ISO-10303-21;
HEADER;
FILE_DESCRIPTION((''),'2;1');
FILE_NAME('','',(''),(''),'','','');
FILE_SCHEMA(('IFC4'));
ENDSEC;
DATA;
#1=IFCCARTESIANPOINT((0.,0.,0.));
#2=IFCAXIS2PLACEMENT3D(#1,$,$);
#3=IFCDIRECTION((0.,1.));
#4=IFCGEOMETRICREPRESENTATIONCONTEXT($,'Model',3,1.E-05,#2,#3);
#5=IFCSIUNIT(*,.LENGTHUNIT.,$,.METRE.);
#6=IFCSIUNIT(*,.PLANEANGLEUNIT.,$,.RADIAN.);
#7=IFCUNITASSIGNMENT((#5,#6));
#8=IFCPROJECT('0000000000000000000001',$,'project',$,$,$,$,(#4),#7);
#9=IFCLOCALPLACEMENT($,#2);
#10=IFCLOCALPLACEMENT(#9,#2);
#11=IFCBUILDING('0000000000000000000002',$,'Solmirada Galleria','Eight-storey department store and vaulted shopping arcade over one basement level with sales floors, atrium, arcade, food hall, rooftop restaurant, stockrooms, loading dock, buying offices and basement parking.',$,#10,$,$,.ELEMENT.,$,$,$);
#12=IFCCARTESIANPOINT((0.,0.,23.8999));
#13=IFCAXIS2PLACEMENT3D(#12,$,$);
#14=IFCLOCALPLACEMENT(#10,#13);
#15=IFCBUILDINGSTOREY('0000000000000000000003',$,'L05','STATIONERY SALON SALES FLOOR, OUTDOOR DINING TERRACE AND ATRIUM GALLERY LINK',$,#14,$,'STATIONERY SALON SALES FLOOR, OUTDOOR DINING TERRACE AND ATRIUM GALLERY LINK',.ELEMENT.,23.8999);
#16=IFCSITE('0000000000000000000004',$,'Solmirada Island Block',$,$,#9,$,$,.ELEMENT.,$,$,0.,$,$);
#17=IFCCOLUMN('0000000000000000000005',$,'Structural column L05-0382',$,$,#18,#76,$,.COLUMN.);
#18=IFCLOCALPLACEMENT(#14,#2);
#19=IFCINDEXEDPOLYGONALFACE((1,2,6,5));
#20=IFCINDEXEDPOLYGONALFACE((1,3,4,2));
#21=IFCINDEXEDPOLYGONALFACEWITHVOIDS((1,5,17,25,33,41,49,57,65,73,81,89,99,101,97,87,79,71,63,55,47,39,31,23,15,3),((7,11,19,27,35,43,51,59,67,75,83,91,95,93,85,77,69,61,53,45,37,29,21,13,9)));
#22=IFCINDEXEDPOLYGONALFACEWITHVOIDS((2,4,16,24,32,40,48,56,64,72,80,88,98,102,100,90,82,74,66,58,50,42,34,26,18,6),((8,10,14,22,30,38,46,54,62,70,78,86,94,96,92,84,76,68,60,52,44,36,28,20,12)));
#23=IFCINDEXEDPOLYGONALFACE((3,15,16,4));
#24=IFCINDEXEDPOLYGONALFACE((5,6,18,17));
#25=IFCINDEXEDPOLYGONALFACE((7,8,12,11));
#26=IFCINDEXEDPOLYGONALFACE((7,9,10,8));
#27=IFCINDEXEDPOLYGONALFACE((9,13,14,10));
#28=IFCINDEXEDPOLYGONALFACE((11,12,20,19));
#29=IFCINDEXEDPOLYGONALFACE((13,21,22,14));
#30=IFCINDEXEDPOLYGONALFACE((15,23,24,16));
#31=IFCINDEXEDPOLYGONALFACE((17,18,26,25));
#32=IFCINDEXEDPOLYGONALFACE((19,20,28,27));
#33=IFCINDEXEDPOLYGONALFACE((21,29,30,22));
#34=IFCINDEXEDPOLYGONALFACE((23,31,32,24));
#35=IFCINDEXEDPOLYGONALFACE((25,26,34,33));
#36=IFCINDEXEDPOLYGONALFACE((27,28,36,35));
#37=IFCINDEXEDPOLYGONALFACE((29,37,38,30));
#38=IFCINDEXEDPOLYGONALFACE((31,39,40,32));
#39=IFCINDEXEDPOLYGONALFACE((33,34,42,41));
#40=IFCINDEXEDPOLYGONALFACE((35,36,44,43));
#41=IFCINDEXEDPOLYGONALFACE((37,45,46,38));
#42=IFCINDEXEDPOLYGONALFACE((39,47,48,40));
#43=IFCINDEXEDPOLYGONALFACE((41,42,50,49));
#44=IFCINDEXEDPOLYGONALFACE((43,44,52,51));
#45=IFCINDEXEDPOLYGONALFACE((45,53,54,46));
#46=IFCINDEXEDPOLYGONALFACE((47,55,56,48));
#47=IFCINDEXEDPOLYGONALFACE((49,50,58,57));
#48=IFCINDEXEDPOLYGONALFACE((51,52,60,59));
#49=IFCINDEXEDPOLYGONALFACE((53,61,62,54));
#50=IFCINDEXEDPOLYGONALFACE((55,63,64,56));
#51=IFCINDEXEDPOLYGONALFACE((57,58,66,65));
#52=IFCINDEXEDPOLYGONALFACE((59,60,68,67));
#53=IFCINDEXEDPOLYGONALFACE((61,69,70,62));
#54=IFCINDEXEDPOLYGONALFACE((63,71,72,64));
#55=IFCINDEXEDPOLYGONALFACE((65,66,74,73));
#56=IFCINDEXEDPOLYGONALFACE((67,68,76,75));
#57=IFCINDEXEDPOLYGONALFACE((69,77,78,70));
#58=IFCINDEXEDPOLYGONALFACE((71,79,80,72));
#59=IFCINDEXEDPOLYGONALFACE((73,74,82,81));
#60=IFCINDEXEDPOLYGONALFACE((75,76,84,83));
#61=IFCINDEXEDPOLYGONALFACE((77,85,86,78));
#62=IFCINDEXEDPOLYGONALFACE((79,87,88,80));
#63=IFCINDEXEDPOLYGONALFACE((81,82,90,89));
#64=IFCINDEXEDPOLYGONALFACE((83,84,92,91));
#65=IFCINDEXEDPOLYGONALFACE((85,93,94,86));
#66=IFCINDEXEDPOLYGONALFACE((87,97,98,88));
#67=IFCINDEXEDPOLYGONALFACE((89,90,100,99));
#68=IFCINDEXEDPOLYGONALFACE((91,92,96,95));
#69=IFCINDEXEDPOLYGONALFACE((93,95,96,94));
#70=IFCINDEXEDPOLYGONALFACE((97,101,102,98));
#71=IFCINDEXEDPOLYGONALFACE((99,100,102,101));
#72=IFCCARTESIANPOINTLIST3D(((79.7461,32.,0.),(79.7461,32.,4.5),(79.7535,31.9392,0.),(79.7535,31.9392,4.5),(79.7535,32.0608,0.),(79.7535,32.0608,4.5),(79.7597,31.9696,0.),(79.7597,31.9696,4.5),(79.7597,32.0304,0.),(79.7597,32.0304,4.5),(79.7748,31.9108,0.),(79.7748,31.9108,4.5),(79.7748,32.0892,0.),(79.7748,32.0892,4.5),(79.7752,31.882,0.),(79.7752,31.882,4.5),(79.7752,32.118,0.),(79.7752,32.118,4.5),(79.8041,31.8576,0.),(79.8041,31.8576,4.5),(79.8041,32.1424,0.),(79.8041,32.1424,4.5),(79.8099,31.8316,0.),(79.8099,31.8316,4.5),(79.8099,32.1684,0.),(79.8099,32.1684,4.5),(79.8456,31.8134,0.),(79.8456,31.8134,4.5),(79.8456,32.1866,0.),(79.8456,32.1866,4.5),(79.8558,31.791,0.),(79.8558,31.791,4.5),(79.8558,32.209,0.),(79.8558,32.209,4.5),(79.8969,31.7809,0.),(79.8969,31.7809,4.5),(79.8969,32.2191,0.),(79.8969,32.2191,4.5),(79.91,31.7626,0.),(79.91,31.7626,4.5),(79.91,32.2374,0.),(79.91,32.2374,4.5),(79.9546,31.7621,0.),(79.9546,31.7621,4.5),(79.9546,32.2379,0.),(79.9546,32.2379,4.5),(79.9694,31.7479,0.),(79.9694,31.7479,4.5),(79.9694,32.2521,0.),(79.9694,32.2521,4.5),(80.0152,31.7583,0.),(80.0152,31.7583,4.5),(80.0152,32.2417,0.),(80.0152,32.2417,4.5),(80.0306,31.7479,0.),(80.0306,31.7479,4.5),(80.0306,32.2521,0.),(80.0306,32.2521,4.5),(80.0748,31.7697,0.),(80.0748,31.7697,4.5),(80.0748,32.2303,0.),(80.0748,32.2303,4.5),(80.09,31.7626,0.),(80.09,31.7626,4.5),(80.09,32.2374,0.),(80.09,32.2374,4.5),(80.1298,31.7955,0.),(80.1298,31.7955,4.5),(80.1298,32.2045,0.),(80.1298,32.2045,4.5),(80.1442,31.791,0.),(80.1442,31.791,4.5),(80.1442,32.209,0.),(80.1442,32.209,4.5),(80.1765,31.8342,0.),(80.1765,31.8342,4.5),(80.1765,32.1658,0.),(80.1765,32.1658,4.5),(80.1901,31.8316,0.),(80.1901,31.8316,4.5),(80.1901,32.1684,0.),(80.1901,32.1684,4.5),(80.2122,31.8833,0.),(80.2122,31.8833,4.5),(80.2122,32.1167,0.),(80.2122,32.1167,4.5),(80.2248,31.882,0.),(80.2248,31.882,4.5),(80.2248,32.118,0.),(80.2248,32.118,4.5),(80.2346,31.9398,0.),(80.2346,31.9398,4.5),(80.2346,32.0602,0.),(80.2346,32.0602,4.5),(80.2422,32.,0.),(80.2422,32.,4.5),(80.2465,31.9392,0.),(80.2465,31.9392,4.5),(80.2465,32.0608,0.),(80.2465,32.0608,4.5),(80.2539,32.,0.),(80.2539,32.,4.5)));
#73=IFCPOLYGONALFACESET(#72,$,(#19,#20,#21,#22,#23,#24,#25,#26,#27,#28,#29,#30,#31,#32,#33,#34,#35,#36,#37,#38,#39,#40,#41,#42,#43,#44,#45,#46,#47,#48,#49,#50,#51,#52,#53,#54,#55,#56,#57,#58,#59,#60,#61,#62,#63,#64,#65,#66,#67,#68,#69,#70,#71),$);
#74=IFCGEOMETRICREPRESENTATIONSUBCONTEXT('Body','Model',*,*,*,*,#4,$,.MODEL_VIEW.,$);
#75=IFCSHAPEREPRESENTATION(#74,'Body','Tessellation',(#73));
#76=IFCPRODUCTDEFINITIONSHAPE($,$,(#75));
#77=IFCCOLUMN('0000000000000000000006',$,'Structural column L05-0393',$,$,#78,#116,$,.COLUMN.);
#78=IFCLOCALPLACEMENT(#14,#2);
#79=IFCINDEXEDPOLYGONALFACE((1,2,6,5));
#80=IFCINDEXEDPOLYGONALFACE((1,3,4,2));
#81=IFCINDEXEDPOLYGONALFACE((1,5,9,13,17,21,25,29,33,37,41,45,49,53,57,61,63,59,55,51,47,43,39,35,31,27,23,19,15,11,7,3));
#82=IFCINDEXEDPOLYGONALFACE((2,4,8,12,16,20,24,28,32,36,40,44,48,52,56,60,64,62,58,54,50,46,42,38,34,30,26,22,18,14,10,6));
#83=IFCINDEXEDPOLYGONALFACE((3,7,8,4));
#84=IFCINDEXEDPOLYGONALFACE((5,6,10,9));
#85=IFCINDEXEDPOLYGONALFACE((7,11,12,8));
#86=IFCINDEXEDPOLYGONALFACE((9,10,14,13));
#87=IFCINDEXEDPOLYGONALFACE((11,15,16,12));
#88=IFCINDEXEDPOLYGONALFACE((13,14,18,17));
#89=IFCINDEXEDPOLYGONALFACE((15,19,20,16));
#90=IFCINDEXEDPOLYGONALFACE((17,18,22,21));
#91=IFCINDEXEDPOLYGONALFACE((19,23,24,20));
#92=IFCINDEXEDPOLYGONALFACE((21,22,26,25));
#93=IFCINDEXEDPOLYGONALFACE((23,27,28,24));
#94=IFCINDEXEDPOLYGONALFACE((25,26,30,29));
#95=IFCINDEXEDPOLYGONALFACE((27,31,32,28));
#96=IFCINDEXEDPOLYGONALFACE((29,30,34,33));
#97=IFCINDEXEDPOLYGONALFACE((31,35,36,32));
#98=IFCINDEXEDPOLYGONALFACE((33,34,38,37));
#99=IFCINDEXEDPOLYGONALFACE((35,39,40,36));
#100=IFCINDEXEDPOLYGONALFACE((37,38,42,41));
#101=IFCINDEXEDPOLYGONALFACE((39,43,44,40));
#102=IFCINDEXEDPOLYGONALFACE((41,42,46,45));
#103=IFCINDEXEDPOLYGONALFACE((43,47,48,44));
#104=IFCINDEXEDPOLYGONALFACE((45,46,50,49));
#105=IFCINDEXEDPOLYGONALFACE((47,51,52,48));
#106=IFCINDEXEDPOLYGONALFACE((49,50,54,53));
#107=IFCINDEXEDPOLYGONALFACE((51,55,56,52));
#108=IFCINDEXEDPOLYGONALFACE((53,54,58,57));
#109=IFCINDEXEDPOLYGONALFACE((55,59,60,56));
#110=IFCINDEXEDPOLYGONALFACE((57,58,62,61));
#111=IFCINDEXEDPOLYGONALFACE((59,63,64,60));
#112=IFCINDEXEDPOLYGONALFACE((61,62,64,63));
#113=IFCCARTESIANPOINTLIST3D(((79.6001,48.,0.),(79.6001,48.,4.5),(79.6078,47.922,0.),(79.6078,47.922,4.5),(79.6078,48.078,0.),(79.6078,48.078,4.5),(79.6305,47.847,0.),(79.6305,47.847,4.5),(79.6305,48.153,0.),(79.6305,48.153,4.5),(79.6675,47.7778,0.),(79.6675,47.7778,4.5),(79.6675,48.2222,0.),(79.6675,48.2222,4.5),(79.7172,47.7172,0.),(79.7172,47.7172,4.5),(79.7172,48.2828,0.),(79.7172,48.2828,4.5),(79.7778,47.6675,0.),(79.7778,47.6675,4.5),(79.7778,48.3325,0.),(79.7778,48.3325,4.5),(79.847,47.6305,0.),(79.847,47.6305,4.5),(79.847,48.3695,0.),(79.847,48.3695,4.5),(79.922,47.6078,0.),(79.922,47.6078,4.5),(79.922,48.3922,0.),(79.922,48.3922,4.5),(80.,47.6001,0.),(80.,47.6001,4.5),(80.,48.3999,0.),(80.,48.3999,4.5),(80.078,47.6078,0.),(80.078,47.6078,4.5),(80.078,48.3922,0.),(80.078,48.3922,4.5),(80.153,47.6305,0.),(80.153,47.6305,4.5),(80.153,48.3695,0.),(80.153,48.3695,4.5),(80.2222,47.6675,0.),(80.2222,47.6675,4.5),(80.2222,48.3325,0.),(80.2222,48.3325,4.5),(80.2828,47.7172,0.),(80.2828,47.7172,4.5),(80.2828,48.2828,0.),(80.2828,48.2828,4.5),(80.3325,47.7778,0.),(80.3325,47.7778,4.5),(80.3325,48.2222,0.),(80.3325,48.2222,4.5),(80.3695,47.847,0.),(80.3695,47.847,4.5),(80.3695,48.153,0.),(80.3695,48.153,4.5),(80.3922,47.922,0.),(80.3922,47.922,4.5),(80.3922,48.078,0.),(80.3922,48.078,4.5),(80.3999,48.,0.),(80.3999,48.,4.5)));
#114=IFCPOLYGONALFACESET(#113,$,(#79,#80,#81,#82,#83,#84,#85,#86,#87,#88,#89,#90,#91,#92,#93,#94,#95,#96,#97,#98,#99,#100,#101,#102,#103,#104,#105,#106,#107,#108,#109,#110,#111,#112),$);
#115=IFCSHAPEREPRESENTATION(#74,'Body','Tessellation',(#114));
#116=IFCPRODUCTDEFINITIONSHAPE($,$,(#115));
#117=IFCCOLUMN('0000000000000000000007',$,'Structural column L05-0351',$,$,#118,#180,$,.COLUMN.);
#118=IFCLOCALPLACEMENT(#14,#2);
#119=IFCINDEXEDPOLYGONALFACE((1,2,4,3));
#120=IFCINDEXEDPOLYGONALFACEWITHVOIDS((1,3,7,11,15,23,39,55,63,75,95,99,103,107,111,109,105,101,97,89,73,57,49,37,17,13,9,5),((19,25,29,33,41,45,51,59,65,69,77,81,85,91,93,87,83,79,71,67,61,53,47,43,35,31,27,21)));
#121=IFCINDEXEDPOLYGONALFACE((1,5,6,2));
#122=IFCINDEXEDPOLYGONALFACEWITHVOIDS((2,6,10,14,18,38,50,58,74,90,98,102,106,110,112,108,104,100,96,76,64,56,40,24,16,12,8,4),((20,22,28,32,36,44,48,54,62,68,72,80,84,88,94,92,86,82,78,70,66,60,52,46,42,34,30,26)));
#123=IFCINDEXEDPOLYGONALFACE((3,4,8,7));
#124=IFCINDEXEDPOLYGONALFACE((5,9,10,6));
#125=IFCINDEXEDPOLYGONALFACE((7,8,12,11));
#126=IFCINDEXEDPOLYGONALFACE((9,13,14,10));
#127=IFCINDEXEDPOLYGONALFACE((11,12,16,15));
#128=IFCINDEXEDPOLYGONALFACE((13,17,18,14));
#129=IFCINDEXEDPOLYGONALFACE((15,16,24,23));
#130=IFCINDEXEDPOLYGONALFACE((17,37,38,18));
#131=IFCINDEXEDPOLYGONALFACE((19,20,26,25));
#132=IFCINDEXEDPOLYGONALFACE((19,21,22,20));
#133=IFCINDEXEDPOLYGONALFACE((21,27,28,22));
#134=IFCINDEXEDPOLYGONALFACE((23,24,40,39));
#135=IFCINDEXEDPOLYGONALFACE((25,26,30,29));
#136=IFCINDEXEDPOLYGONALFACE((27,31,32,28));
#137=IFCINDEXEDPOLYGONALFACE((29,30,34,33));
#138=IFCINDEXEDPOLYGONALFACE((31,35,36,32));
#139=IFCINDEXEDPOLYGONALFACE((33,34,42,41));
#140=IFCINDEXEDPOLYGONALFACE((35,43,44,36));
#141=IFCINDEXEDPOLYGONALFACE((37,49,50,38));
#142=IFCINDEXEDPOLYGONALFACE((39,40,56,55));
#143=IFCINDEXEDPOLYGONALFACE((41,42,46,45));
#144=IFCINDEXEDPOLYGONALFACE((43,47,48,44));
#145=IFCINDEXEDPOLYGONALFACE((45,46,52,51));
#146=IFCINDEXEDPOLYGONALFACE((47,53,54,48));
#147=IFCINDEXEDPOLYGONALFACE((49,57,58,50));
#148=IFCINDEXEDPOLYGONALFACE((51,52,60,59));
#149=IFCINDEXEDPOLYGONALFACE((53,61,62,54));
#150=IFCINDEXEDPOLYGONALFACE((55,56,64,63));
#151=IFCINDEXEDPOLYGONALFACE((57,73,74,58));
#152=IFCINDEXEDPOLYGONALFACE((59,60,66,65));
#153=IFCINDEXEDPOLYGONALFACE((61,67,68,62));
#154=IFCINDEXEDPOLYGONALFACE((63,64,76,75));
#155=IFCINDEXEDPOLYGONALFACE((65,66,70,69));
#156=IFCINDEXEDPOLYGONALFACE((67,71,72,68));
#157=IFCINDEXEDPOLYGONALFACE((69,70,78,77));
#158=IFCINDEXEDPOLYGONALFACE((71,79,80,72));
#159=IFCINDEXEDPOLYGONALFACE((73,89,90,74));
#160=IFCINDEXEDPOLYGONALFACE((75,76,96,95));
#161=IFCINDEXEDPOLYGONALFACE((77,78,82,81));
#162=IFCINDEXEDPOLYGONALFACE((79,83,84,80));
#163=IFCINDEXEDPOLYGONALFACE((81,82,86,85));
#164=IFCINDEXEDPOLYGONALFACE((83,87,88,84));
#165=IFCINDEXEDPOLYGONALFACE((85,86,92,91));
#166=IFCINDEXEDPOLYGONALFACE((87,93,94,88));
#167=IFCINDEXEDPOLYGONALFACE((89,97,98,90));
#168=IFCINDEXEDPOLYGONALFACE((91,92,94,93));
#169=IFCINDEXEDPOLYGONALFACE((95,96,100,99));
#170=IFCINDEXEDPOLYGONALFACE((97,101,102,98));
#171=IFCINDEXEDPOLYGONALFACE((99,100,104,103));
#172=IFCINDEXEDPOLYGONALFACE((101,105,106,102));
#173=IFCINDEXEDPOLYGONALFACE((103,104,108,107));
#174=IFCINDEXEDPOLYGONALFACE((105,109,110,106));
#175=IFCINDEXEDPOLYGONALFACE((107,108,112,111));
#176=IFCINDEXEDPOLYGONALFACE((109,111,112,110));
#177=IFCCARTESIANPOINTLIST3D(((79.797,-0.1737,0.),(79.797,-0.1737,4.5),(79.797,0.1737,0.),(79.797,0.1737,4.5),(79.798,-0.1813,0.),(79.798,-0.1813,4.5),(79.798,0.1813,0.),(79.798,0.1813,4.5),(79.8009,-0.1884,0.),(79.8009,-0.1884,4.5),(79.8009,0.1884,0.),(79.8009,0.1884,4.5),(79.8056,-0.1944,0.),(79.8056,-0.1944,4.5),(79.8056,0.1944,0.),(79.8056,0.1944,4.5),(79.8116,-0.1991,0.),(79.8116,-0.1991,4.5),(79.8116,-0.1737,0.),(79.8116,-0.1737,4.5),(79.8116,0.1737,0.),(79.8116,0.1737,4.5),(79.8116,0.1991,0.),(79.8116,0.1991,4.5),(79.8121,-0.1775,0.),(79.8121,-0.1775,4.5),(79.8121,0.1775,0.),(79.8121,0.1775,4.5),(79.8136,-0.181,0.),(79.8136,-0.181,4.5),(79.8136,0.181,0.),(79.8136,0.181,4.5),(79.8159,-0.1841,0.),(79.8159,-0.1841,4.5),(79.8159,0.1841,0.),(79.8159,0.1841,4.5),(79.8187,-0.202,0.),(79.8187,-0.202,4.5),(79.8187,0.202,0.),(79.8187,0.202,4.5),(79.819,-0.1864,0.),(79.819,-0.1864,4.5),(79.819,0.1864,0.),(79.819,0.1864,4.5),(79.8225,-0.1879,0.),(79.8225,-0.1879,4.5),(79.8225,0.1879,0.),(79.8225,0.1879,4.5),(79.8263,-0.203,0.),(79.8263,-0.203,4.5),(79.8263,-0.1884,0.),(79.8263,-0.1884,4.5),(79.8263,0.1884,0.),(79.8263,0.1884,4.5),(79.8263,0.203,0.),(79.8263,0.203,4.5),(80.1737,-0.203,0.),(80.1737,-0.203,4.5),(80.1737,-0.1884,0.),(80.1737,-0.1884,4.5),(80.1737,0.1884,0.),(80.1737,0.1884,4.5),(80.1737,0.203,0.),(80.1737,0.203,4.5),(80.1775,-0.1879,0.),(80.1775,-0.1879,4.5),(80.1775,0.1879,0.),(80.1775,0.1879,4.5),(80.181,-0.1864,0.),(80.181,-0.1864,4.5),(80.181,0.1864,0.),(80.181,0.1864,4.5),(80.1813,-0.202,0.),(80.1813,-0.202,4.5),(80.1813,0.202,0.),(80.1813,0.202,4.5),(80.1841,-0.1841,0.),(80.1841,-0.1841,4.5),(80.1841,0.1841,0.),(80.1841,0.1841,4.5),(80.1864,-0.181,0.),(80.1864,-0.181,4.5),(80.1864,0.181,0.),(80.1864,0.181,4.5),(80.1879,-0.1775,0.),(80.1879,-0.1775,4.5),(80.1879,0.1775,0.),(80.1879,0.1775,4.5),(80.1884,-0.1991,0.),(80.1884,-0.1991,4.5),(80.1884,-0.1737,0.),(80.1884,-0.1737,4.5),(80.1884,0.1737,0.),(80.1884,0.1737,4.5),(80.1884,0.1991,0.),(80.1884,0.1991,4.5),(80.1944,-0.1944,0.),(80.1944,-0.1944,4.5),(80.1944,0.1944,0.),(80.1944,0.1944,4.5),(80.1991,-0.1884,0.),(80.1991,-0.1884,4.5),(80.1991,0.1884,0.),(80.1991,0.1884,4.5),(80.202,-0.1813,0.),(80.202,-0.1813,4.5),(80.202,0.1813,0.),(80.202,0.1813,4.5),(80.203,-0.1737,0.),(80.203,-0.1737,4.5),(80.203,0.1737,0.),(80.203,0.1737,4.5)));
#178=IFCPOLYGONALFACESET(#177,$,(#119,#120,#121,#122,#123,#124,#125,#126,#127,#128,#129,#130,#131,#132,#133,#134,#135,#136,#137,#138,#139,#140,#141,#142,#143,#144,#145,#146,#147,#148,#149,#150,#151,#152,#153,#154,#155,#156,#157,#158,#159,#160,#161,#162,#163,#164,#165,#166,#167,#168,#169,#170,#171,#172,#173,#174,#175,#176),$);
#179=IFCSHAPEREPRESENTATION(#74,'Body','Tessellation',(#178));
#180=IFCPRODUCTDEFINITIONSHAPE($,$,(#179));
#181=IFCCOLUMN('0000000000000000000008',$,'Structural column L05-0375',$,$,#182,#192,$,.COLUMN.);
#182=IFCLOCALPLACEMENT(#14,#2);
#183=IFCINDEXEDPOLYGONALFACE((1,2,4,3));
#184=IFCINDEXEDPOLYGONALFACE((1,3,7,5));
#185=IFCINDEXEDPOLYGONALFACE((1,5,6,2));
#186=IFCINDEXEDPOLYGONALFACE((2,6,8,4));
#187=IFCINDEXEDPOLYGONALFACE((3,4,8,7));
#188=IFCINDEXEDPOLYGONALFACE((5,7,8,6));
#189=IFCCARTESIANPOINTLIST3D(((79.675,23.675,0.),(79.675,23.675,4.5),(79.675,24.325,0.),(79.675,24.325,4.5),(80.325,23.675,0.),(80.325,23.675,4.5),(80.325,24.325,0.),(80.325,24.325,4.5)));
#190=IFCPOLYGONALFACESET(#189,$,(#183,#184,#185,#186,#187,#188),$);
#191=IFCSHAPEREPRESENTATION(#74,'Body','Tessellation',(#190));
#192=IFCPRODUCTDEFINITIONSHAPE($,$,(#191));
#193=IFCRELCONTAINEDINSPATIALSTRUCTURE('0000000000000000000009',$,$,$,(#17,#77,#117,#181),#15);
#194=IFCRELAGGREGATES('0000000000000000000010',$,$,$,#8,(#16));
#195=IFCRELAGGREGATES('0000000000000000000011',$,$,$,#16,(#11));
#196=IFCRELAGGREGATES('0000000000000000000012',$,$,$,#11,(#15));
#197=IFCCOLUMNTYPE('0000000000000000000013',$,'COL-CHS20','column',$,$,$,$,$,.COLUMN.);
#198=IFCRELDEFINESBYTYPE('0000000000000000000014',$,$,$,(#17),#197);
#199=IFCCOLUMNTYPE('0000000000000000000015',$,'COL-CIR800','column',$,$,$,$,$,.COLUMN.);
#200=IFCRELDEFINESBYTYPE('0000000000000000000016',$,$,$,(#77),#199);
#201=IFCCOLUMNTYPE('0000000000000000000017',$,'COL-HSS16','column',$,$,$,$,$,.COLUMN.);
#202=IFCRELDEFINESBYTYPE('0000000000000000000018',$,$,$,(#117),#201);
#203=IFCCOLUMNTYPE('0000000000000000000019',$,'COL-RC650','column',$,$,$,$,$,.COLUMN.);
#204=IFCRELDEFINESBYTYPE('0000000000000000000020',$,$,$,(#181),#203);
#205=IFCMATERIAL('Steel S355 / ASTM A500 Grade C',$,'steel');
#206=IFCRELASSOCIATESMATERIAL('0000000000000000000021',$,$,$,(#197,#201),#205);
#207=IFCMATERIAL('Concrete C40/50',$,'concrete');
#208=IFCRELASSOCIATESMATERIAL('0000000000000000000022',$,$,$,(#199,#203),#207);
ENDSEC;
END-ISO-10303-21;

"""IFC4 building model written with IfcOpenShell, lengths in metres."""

from ifc_helpers import new_model, si_unit, direction, frame, origin, origin_2d, place, context, subcontext, project, spatial, rectangle, hollow_rectangle, circle, hollow_circle, extrude, material, material_profile, profile_set, type_object, element, save


model = new_model("IFC4")

# Units and contexts
model_context = context("Model", 3, precision=1e-05, world=origin(), true_north=direction((0.0, 1.0)))
body_context = subcontext(model_context, "Body", "Model", "MODEL_VIEW")
ifc_project = project(units=[si_unit("LENGTHUNIT", "METRE"), si_unit("PLANEANGLEUNIT", "RADIAN")], contexts=[model_context])

# Site, building, storey
site_placement = place(None, origin())
site = spatial("IfcSite", under=ifc_project, at=site_placement, Name="Solmirada Island Block", CompositionType="ELEMENT", RefElevation=0.0)
building_placement = place(site_placement, origin())
building = spatial("IfcBuilding", under=site, at=building_placement, Name="Solmirada Galleria", Description="Eight-storey department store and vaulted shopping arcade over one basement level with sales floors, atrium, arcade, food hall, rooftop restaurant, stockrooms, loading dock, buying offices and basement parking.", CompositionType="ELEMENT")
storey_placement = place(building_placement, frame((0.0, 0.0, 23.8999)))
storey = spatial("IfcBuildingStorey", under=building, at=storey_placement, Name="L05", Description="STATIONERY SALON SALES FLOOR, OUTDOOR DINING TERRACE AND ATRIUM GALLERY LINK", LongName="STATIONERY SALON SALES FLOOR, OUTDOOR DINING TERRACE AND ATRIUM GALLERY LINK", CompositionType="ELEMENT", Elevation=23.8999)

# Columns
ifc_material_1 = material(Name="Steel S355 / ASTM A500 Grade C", Category="steel")
ifc_material_profile_1 = material_profile(ifc_material_1, hollow_circle(Radius=0.2539, WallThickness=0.0117, at=origin_2d()), Name="HSS20.000X0.500")
ifc_profile_set_1 = profile_set([ifc_material_profile_1], Name="Steel S355 / ASTM A500 Grade C")
column_type_1 = type_object("IfcColumnType", Name="COL-CHS20", Description="column", PredefinedType="COLUMN", material=ifc_profile_set_1)
column_1_placement = place(storey_placement, frame((80.0, 32.0, 0.0), z_axis=(0.0, 0.0, 1.0), x_axis=(1.0, 0.0, 0.0)))
element("IfcColumn", 1, at=column_1_placement, inside=storey, type_object=column_type_1, Name="Structural column L05-0382", PredefinedType="COLUMN", context=body_context, shape_type="SweptSolid", body=[
    extrude(hollow_circle(Radius=0.2539, WallThickness=0.0117, at=origin_2d()), origin(), (0.0, 0.0, 1.0), 4.5),
])
ifc_material_2 = material(Name="Concrete C40/50", Category="concrete")
ifc_material_profile_2 = material_profile(ifc_material_2, circle(Radius=0.3999, at=origin_2d()), Name="RCCOL800")
ifc_profile_set_2 = profile_set([ifc_material_profile_2], Name="Concrete C40/50")
column_type_2 = type_object("IfcColumnType", Name="COL-CIR800", Description="column", PredefinedType="COLUMN", material=ifc_profile_set_2)
column_2_placement = place(storey_placement, frame((80.0, 48.0, 0.0), z_axis=(0.0, 0.0, 1.0), x_axis=(1.0, 0.0, 0.0)))
element("IfcColumn", 2, at=column_2_placement, inside=storey, type_object=column_type_2, Name="Structural column L05-0393", PredefinedType="COLUMN", context=body_context, shape_type="SweptSolid", body=[
    extrude(circle(Radius=0.3999, at=origin_2d()), origin(), (0.0, 0.0, 1.0), 4.5),
])
ifc_material_profile_3 = material_profile(ifc_material_1, hollow_rectangle(XDim=0.406, YDim=0.406, WallThickness=0.0146, InnerFilletRadius=0.0146, OuterFilletRadius=0.0293, at=origin_2d()), Name="HSS16X16X5/8")
ifc_profile_set_3 = profile_set([ifc_material_profile_3], Name="Steel S355 / ASTM A500 Grade C")
column_type_3 = type_object("IfcColumnType", Name="COL-HSS16", Description="column", PredefinedType="COLUMN", material=ifc_profile_set_3)
column_3_placement = place(storey_placement, frame((80.0, 0.0, 0.0), z_axis=(0.0, 0.0, 1.0), x_axis=(1.0, 0.0, 0.0)))
element("IfcColumn", 3, at=column_3_placement, inside=storey, type_object=column_type_3, Name="Structural column L05-0351", PredefinedType="COLUMN", context=body_context, shape_type="SweptSolid", body=[
    extrude(hollow_rectangle(XDim=0.406, YDim=0.406, WallThickness=0.0146, InnerFilletRadius=0.0146, OuterFilletRadius=0.0293, at=origin_2d()), origin(), (0.0, 0.0, 1.0), 4.5),
])
ifc_material_profile_4 = material_profile(ifc_material_2, rectangle(XDim=0.6499, YDim=0.6499, at=origin_2d()), Name="RC650X650")
ifc_profile_set_4 = profile_set([ifc_material_profile_4], Name="Concrete C40/50")
column_type_4 = type_object("IfcColumnType", Name="COL-RC650", Description="column", PredefinedType="COLUMN", material=ifc_profile_set_4)
column_4_placement = place(storey_placement, frame((80.0, 24.0, 0.0), z_axis=(0.0, 0.0, 1.0), x_axis=(1.0, 0.0, 0.0)))
element("IfcColumn", 4, at=column_4_placement, inside=storey, type_object=column_type_4, Name="Structural column L05-0375", PredefinedType="COLUMN", context=body_context, shape_type="SweptSolid", body=[
    extrude(rectangle(XDim=0.6499, YDim=0.6499, at=origin_2d()), origin(), (0.0, 0.0, 1.0), 4.5),
])

save(model, "model.ifc")
